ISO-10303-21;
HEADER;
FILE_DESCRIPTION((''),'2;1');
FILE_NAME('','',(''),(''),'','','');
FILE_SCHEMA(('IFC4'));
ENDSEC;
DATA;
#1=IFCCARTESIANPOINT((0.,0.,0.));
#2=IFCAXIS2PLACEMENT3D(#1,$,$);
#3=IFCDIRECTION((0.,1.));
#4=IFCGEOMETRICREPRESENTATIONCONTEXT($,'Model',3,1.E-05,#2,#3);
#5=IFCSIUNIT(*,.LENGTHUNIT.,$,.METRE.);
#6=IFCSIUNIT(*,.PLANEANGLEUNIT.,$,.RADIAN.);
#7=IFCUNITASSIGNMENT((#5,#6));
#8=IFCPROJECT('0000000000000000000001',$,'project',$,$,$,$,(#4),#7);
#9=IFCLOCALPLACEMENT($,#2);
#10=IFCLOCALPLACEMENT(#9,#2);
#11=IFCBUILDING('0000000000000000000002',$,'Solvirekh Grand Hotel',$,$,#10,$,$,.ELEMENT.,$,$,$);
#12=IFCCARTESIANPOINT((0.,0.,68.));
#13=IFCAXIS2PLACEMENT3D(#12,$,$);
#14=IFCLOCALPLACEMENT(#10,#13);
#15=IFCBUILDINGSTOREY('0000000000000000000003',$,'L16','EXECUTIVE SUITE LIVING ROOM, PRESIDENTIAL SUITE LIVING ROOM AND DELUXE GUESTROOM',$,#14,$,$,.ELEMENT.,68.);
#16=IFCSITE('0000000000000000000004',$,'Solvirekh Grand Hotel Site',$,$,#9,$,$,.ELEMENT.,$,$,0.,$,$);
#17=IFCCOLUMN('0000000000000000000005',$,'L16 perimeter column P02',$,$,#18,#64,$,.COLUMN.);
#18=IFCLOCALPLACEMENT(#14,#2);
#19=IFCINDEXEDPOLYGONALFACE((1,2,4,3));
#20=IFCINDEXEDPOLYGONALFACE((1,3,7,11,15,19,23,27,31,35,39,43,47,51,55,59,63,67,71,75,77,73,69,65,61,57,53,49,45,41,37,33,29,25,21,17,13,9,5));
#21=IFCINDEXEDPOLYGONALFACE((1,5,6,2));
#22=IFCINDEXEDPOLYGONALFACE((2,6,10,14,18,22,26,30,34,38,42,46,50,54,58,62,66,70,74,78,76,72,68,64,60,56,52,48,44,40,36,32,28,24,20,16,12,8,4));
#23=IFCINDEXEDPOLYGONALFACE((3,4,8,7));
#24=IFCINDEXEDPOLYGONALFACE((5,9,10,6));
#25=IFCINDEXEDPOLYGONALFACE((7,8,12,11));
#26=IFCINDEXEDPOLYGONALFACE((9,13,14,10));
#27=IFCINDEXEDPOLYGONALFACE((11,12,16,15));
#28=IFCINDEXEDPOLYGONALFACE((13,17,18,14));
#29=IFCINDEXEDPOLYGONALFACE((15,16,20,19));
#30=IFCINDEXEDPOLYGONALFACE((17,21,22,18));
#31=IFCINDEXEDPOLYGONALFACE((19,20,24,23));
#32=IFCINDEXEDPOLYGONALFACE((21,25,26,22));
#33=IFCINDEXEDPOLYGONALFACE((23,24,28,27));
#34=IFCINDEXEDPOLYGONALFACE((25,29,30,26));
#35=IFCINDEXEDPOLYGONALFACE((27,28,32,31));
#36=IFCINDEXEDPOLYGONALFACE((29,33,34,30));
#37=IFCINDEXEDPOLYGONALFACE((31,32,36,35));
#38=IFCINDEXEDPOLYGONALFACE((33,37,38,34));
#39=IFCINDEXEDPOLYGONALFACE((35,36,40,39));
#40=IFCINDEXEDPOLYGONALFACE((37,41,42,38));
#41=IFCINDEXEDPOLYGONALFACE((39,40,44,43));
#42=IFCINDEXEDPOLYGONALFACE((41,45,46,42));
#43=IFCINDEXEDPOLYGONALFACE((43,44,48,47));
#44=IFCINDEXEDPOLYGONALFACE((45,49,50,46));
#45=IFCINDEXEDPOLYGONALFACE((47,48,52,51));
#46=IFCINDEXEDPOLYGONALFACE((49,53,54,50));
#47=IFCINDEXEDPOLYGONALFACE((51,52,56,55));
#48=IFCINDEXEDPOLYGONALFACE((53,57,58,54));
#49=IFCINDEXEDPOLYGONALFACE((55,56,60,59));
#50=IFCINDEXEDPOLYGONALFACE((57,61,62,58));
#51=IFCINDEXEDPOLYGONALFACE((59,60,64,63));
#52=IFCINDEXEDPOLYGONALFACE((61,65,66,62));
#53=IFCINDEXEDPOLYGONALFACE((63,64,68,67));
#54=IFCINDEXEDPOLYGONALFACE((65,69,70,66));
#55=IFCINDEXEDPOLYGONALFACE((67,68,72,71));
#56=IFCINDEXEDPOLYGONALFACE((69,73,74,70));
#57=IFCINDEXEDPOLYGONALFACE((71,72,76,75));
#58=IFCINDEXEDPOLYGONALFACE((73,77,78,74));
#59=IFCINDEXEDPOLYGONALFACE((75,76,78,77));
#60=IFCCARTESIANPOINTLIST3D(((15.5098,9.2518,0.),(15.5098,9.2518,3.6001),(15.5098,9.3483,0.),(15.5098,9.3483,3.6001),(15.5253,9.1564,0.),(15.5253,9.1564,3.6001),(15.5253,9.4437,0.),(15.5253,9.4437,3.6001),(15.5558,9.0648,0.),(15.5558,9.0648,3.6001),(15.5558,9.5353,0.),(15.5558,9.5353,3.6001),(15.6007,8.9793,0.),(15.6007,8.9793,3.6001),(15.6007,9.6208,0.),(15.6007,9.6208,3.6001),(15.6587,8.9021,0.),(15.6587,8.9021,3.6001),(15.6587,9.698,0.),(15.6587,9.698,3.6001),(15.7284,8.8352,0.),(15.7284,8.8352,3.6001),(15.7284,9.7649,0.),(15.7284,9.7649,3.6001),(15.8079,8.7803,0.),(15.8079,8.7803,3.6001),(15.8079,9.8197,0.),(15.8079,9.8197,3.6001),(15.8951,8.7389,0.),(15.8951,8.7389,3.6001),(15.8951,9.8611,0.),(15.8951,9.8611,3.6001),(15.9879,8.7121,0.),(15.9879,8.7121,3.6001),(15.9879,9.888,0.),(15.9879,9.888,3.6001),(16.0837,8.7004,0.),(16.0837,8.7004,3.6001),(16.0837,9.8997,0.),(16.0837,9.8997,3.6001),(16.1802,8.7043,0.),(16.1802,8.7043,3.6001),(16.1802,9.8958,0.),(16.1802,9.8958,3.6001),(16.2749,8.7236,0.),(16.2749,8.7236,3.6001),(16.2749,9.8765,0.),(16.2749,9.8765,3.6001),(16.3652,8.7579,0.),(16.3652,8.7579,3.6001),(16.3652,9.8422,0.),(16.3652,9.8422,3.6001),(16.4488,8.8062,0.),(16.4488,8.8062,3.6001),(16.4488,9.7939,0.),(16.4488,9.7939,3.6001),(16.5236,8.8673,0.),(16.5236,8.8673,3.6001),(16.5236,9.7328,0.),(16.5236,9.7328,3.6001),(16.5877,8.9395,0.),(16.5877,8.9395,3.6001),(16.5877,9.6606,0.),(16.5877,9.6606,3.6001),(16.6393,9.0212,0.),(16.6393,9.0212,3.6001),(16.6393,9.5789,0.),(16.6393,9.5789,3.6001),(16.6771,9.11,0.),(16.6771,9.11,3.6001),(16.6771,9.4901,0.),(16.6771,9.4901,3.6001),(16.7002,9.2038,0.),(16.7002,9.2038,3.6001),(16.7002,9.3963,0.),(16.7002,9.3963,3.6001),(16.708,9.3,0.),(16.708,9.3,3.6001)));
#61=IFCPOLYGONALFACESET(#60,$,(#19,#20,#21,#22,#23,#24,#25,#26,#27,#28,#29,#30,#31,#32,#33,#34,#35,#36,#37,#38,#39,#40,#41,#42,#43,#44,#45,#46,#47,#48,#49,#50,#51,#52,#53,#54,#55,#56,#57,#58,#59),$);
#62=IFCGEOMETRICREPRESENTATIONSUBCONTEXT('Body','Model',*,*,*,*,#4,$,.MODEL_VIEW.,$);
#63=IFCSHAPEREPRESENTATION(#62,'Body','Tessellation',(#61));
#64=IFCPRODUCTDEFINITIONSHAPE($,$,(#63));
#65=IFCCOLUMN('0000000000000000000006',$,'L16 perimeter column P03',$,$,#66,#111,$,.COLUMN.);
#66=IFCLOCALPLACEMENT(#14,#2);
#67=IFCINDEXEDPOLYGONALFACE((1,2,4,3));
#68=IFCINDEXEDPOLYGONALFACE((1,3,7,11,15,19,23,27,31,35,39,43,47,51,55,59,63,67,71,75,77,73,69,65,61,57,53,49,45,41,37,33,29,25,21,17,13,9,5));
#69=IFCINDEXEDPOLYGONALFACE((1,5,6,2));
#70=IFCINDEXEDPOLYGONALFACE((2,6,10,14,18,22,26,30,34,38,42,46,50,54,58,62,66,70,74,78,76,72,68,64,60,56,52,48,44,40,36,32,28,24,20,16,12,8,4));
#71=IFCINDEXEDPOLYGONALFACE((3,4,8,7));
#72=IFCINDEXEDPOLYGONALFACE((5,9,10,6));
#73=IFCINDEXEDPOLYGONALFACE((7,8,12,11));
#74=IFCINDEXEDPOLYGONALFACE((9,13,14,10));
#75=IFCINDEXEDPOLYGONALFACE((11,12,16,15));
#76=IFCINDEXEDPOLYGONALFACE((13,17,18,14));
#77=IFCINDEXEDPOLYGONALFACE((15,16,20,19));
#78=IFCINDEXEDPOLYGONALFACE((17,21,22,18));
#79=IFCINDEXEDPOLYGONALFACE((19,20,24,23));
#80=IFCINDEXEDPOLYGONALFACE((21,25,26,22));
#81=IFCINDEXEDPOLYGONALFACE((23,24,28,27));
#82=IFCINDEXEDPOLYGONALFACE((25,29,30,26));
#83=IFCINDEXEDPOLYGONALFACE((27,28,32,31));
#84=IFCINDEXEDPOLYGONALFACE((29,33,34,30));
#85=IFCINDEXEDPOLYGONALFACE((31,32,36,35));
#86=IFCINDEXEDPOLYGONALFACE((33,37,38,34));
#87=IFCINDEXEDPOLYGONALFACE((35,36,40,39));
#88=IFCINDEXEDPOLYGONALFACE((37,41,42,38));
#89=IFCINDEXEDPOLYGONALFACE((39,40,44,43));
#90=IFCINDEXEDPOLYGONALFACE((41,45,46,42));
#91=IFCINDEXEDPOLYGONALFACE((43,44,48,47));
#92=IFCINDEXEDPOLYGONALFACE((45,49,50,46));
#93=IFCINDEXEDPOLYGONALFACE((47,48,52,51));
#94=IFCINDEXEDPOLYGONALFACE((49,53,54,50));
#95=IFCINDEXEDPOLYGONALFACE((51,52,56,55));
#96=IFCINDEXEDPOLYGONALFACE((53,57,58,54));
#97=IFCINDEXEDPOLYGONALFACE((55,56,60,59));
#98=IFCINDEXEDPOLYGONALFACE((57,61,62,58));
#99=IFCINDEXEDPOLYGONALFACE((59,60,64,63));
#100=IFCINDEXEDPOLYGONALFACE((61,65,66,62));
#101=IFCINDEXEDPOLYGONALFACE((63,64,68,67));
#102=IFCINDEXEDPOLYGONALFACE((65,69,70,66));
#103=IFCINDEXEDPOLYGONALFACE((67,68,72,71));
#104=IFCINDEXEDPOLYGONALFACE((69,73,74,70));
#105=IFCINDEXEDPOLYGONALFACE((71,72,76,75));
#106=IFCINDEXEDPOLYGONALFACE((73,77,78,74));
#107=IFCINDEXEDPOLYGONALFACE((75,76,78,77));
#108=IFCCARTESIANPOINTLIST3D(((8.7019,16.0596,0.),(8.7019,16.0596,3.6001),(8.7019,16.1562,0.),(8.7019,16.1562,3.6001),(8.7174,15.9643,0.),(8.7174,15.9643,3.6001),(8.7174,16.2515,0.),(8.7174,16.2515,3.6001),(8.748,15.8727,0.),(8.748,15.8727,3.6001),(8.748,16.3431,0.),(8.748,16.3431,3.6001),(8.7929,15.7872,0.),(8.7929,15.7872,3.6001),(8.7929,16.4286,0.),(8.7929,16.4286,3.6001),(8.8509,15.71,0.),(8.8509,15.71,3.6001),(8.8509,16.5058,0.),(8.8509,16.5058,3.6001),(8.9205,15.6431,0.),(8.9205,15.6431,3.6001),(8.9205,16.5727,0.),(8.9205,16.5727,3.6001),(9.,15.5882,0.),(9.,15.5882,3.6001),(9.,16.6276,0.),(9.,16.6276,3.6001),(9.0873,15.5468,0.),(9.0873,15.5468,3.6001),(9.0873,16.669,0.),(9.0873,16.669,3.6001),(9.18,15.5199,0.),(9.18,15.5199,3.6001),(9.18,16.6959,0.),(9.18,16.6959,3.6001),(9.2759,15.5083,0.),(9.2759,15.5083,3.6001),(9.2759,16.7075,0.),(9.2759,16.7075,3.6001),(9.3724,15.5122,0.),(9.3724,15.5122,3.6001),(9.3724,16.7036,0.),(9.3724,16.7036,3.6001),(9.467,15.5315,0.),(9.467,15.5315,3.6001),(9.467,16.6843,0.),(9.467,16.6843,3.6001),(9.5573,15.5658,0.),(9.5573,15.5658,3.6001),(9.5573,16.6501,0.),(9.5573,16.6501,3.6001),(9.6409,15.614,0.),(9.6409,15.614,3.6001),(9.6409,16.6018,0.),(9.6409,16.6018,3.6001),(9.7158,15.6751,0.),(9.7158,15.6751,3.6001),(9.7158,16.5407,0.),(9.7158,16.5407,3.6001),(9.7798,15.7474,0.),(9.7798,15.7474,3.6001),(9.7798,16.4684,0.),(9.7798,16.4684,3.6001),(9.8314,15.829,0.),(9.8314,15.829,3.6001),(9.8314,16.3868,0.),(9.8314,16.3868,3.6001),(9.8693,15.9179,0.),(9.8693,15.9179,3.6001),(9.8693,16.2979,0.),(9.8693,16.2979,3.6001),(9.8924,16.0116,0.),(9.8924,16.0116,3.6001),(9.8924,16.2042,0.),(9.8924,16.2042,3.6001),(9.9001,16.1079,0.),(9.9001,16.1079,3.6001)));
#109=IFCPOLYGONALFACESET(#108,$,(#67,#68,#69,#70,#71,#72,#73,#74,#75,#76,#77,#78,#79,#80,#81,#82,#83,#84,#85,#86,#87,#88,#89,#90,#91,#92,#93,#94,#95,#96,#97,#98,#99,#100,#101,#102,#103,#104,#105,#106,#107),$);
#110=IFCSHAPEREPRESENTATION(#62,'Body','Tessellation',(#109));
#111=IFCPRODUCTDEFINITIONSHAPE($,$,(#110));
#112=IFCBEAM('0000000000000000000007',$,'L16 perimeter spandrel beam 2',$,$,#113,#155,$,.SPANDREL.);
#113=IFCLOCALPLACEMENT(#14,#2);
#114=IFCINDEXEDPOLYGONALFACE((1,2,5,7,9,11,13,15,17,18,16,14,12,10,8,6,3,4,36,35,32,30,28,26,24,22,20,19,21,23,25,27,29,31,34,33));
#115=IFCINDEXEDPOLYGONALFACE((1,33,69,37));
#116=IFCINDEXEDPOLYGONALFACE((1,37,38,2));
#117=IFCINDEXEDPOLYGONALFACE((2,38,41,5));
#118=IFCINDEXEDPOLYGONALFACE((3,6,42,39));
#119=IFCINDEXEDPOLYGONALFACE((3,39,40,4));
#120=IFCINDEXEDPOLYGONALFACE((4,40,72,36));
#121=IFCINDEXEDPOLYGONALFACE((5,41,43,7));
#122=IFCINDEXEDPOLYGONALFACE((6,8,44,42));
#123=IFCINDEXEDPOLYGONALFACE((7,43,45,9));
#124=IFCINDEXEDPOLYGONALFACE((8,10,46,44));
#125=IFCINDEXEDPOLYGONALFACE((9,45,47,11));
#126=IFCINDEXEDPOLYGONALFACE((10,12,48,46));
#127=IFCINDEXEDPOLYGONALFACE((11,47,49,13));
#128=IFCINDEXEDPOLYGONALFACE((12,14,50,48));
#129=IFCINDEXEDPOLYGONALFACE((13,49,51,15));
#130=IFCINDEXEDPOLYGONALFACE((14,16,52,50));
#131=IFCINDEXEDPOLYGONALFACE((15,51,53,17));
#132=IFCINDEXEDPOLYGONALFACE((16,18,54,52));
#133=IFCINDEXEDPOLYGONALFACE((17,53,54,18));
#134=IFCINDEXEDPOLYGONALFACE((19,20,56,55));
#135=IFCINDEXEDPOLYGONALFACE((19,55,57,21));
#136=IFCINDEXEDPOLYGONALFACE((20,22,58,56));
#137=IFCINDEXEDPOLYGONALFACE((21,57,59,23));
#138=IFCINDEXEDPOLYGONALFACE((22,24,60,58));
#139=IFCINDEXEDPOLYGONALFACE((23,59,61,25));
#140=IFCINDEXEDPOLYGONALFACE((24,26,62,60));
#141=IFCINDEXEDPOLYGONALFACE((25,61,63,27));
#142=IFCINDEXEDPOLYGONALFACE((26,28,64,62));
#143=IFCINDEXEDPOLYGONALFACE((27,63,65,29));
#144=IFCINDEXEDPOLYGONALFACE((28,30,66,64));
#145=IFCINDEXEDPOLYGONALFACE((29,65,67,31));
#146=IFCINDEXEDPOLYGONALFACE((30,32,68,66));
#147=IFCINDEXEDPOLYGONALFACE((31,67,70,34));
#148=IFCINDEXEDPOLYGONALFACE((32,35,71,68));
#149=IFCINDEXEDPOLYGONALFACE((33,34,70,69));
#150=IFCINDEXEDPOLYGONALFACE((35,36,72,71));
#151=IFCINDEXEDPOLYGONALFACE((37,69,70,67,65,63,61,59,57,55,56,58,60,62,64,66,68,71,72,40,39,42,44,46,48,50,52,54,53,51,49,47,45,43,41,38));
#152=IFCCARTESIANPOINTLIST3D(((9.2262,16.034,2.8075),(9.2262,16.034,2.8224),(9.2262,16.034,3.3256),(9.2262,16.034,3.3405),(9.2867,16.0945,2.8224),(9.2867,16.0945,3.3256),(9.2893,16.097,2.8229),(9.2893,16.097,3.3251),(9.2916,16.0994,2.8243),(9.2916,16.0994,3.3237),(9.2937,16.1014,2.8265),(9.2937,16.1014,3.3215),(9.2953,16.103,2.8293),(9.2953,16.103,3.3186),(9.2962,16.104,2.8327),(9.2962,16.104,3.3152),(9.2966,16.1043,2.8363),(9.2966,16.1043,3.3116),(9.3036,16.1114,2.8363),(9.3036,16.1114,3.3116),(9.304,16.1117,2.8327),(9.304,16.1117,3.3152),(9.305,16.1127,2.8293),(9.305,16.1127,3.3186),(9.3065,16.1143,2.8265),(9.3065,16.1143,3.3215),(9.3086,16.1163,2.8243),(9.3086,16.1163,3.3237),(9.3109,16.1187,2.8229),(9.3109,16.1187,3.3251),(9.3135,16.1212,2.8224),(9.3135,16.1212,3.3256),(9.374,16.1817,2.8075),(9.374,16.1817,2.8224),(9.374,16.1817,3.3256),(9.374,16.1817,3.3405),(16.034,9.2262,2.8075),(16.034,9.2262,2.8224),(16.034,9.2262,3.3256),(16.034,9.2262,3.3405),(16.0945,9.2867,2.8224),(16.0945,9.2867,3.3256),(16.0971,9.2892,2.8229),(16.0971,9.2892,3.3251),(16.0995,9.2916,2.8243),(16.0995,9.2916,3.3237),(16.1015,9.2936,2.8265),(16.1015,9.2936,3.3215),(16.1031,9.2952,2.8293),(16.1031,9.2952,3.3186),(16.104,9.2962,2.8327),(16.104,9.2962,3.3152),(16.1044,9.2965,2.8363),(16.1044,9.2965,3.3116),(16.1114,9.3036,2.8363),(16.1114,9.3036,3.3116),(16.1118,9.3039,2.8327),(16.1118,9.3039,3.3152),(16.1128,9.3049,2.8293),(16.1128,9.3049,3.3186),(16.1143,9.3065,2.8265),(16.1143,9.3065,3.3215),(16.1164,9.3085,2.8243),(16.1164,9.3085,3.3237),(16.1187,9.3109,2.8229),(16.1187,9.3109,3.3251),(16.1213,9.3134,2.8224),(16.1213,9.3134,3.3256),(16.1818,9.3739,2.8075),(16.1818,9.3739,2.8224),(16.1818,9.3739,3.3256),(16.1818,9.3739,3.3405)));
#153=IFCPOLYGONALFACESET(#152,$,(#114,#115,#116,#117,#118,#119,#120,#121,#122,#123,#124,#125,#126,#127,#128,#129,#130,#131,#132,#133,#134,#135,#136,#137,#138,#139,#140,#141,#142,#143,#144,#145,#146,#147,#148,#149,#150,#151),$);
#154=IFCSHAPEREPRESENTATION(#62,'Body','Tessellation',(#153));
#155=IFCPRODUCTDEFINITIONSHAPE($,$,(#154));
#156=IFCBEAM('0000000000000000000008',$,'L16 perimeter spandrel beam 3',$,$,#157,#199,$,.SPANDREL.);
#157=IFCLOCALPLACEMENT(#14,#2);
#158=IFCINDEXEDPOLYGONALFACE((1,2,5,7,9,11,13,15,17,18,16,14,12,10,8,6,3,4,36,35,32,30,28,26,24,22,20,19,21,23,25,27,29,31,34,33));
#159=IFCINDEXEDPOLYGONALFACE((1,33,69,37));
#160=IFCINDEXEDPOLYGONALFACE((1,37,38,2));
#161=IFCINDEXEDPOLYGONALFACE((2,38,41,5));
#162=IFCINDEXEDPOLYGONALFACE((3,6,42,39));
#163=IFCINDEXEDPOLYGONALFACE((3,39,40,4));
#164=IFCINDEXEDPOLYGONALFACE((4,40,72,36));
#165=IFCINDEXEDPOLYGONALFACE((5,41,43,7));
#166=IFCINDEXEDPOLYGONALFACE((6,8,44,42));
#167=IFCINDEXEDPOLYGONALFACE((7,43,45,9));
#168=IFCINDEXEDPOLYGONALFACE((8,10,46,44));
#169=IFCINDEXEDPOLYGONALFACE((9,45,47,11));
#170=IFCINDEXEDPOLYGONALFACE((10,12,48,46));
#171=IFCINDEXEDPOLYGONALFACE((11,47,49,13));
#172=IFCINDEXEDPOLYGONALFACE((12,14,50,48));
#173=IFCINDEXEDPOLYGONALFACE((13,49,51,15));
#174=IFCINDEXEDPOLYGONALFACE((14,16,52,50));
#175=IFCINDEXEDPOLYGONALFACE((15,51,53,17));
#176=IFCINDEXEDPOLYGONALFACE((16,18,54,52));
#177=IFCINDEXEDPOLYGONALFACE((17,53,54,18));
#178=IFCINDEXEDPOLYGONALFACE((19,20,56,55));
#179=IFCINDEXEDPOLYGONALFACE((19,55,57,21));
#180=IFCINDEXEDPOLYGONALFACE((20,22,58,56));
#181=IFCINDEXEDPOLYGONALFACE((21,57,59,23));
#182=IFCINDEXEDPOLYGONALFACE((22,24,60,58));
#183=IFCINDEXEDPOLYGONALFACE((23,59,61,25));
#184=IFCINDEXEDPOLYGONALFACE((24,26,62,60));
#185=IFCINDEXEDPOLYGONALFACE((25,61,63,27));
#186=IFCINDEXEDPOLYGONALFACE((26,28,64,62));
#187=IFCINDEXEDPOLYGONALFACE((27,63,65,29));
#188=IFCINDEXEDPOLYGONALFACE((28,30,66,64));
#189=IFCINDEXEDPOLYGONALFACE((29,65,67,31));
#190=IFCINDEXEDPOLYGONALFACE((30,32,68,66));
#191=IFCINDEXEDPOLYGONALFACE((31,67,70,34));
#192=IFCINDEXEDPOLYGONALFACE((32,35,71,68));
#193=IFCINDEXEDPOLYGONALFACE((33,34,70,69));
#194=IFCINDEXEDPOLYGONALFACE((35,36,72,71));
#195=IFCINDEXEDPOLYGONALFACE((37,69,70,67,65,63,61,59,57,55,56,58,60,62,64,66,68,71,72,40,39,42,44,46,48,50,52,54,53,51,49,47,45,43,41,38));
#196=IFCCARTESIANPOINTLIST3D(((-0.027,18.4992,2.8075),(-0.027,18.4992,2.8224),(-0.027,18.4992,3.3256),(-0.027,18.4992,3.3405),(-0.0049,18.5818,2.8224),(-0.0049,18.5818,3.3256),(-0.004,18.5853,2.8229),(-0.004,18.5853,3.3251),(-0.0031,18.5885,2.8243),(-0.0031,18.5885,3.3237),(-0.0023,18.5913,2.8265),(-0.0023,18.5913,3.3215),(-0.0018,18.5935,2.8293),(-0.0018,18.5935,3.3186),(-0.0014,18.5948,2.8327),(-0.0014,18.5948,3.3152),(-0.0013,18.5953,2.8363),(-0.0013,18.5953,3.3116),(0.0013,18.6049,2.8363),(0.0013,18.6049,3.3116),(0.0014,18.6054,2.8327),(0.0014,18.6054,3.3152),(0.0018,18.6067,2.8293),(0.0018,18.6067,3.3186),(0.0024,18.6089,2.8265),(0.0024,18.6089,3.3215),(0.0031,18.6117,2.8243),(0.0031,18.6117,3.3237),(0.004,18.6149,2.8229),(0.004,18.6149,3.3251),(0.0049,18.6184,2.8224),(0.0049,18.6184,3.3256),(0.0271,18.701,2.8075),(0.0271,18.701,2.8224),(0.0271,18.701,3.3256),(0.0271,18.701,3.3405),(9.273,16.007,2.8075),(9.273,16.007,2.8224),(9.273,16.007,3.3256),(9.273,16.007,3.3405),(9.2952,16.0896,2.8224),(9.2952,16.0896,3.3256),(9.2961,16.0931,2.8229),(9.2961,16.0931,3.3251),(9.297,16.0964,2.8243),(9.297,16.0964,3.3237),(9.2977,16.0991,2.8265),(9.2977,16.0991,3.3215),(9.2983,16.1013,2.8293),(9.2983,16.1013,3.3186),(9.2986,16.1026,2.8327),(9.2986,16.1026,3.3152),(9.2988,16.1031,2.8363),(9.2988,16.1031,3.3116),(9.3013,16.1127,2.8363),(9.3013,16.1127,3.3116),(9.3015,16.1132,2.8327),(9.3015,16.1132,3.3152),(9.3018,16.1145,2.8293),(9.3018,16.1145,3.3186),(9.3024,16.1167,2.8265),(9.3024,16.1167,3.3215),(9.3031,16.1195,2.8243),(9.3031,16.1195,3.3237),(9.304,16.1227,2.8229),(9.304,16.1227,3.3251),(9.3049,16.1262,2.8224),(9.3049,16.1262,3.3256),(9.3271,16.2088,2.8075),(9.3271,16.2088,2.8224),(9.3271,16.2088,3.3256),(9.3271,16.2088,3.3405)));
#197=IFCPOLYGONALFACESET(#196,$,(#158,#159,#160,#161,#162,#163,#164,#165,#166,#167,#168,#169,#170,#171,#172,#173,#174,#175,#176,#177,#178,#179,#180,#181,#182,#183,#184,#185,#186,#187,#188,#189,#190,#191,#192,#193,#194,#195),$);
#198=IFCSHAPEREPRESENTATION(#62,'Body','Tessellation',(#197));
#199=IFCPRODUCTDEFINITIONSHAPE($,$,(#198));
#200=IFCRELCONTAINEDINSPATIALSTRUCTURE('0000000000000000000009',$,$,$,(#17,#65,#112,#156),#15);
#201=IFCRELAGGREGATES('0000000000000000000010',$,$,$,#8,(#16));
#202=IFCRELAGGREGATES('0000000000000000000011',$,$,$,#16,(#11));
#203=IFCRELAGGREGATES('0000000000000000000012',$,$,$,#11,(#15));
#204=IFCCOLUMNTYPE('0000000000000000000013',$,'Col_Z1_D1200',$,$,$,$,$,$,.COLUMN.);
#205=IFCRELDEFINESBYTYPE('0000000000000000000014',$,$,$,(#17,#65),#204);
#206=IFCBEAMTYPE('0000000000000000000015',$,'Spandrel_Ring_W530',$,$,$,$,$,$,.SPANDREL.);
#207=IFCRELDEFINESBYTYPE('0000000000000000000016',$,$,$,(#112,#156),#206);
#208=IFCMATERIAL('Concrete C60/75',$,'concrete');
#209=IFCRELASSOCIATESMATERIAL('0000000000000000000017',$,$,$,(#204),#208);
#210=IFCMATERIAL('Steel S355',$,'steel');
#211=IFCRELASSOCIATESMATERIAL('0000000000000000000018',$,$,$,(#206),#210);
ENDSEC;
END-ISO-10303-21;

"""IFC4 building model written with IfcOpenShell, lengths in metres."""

from ifc_helpers import new_model, si_unit, direction, frame, origin, origin_2d, place, context, subcontext, project, spatial, circle, i_section, extrude, material, material_profile, profile_set, type_object, element, save


model = new_model("IFC4")

# Units and contexts
model_context = context("Model", 3, precision=1e-05, world=origin(), true_north=direction((0.0, 1.0)))
body_context = subcontext(model_context, "Body", "Model", "MODEL_VIEW")
ifc_project = project(units=[si_unit("LENGTHUNIT", "METRE"), si_unit("PLANEANGLEUNIT", "RADIAN")], contexts=[model_context])

# Site, building, storey
site_placement = place(None, origin())
site = spatial("IfcSite", under=ifc_project, at=site_placement, Name="Solvirekh Grand Hotel Site", CompositionType="ELEMENT", RefElevation=0.0)
building_placement = place(site_placement, origin())
building = spatial("IfcBuilding", under=site, at=building_placement, Name="Solvirekh Grand Hotel", CompositionType="ELEMENT")
storey_placement = place(building_placement, frame((0.0, 0.0, 68.0)))
storey = spatial("IfcBuildingStorey", under=building, at=storey_placement, Name="L16", Description="EXECUTIVE SUITE LIVING ROOM, PRESIDENTIAL SUITE LIVING ROOM AND DELUXE GUESTROOM", CompositionType="ELEMENT", Elevation=68.0)

# Columns
ifc_material_1 = material(Name="Concrete C60/75", Category="concrete")
ifc_material_profile_1 = material_profile(ifc_material_1, circle(Radius=0.6001, at=origin_2d()), Name="RC CIRC D1200")
ifc_profile_set_1 = profile_set([ifc_material_profile_1], Name="Concrete C60/75")
column_type = type_object("IfcColumnType", Name="Col_Z1_D1200", PredefinedType="COLUMN", material=ifc_profile_set_1)
for number, where, z_axis, x_axis, name in (
    (1, (16.1079, 9.3, 0.0), (0.0, 0.0, 1.0), (1.0, 0.0, 0.0), "L16 perimeter column P02"),
    (2, (9.3, 16.1079, 0.0), (0.0, 0.0, 1.0), (1.0, 0.0, 0.0), "L16 perimeter column P03"),
):
    element("IfcColumn", number, at=place(storey_placement, frame(where, z_axis=z_axis, x_axis=x_axis)), inside=storey, type_object=column_type, Name=name, PredefinedType="COLUMN", context=body_context, shape_type="SweptSolid", body=[
        extrude(circle(Radius=0.6001, at=origin_2d()), origin(), (0.0, 0.0, 1.0), 3.6001),
    ])

# Beams
ifc_material_2 = material(Name="Steel S355", Category="steel")
ifc_material_profile_2 = material_profile(ifc_material_2, i_section(OverallWidth=0.209, OverallDepth=0.533, WebThickness=0.01, FlangeThickness=0.0149, FilletRadius=0.0139, at=origin_2d()), Name="W530X92")
ifc_profile_set_2 = profile_set([ifc_material_profile_2], Name="Steel S355")
beam_type = type_object("IfcBeamType", Name="Spandrel_Ring_W530", PredefinedType="SPANDREL", material=ifc_profile_set_2)
beam_1_placement = place(storey_placement, frame((16.1079, 9.3, 3.074), z_axis=(-0.707107, 0.707107, 0.0), x_axis=(-0.707107, -0.707107, 0.0)))
element("IfcBeam", 3, at=beam_1_placement, inside=storey, type_object=beam_type, Name="L16 perimeter spandrel beam 2", PredefinedType="SPANDREL", context=body_context, shape_type="SweptSolid", body=[
    extrude(i_section(OverallWidth=0.209, OverallDepth=0.533, WebThickness=0.01, FlangeThickness=0.0149, FilletRadius=0.0139, at=origin_2d()), origin(), (0.0, 0.0, 1.0), 9.6277),
])
beam_2_placement = place(storey_placement, frame((9.3, 16.1079, 3.074), z_axis=(-0.965919, 0.258843, 0.0), x_axis=(-0.258843, -0.965919, 0.0)))
element("IfcBeam", 4, at=beam_2_placement, inside=storey, type_object=beam_type, Name="L16 perimeter spandrel beam 3", PredefinedType="SPANDREL", context=body_context, shape_type="SweptSolid", body=[
    extrude(i_section(OverallWidth=0.209, OverallDepth=0.533, WebThickness=0.01, FlangeThickness=0.0149, FilletRadius=0.0139, at=origin_2d()), origin(), (0.0, 0.0, 1.0), 9.6282),
])

save(model, "model.ifc")
